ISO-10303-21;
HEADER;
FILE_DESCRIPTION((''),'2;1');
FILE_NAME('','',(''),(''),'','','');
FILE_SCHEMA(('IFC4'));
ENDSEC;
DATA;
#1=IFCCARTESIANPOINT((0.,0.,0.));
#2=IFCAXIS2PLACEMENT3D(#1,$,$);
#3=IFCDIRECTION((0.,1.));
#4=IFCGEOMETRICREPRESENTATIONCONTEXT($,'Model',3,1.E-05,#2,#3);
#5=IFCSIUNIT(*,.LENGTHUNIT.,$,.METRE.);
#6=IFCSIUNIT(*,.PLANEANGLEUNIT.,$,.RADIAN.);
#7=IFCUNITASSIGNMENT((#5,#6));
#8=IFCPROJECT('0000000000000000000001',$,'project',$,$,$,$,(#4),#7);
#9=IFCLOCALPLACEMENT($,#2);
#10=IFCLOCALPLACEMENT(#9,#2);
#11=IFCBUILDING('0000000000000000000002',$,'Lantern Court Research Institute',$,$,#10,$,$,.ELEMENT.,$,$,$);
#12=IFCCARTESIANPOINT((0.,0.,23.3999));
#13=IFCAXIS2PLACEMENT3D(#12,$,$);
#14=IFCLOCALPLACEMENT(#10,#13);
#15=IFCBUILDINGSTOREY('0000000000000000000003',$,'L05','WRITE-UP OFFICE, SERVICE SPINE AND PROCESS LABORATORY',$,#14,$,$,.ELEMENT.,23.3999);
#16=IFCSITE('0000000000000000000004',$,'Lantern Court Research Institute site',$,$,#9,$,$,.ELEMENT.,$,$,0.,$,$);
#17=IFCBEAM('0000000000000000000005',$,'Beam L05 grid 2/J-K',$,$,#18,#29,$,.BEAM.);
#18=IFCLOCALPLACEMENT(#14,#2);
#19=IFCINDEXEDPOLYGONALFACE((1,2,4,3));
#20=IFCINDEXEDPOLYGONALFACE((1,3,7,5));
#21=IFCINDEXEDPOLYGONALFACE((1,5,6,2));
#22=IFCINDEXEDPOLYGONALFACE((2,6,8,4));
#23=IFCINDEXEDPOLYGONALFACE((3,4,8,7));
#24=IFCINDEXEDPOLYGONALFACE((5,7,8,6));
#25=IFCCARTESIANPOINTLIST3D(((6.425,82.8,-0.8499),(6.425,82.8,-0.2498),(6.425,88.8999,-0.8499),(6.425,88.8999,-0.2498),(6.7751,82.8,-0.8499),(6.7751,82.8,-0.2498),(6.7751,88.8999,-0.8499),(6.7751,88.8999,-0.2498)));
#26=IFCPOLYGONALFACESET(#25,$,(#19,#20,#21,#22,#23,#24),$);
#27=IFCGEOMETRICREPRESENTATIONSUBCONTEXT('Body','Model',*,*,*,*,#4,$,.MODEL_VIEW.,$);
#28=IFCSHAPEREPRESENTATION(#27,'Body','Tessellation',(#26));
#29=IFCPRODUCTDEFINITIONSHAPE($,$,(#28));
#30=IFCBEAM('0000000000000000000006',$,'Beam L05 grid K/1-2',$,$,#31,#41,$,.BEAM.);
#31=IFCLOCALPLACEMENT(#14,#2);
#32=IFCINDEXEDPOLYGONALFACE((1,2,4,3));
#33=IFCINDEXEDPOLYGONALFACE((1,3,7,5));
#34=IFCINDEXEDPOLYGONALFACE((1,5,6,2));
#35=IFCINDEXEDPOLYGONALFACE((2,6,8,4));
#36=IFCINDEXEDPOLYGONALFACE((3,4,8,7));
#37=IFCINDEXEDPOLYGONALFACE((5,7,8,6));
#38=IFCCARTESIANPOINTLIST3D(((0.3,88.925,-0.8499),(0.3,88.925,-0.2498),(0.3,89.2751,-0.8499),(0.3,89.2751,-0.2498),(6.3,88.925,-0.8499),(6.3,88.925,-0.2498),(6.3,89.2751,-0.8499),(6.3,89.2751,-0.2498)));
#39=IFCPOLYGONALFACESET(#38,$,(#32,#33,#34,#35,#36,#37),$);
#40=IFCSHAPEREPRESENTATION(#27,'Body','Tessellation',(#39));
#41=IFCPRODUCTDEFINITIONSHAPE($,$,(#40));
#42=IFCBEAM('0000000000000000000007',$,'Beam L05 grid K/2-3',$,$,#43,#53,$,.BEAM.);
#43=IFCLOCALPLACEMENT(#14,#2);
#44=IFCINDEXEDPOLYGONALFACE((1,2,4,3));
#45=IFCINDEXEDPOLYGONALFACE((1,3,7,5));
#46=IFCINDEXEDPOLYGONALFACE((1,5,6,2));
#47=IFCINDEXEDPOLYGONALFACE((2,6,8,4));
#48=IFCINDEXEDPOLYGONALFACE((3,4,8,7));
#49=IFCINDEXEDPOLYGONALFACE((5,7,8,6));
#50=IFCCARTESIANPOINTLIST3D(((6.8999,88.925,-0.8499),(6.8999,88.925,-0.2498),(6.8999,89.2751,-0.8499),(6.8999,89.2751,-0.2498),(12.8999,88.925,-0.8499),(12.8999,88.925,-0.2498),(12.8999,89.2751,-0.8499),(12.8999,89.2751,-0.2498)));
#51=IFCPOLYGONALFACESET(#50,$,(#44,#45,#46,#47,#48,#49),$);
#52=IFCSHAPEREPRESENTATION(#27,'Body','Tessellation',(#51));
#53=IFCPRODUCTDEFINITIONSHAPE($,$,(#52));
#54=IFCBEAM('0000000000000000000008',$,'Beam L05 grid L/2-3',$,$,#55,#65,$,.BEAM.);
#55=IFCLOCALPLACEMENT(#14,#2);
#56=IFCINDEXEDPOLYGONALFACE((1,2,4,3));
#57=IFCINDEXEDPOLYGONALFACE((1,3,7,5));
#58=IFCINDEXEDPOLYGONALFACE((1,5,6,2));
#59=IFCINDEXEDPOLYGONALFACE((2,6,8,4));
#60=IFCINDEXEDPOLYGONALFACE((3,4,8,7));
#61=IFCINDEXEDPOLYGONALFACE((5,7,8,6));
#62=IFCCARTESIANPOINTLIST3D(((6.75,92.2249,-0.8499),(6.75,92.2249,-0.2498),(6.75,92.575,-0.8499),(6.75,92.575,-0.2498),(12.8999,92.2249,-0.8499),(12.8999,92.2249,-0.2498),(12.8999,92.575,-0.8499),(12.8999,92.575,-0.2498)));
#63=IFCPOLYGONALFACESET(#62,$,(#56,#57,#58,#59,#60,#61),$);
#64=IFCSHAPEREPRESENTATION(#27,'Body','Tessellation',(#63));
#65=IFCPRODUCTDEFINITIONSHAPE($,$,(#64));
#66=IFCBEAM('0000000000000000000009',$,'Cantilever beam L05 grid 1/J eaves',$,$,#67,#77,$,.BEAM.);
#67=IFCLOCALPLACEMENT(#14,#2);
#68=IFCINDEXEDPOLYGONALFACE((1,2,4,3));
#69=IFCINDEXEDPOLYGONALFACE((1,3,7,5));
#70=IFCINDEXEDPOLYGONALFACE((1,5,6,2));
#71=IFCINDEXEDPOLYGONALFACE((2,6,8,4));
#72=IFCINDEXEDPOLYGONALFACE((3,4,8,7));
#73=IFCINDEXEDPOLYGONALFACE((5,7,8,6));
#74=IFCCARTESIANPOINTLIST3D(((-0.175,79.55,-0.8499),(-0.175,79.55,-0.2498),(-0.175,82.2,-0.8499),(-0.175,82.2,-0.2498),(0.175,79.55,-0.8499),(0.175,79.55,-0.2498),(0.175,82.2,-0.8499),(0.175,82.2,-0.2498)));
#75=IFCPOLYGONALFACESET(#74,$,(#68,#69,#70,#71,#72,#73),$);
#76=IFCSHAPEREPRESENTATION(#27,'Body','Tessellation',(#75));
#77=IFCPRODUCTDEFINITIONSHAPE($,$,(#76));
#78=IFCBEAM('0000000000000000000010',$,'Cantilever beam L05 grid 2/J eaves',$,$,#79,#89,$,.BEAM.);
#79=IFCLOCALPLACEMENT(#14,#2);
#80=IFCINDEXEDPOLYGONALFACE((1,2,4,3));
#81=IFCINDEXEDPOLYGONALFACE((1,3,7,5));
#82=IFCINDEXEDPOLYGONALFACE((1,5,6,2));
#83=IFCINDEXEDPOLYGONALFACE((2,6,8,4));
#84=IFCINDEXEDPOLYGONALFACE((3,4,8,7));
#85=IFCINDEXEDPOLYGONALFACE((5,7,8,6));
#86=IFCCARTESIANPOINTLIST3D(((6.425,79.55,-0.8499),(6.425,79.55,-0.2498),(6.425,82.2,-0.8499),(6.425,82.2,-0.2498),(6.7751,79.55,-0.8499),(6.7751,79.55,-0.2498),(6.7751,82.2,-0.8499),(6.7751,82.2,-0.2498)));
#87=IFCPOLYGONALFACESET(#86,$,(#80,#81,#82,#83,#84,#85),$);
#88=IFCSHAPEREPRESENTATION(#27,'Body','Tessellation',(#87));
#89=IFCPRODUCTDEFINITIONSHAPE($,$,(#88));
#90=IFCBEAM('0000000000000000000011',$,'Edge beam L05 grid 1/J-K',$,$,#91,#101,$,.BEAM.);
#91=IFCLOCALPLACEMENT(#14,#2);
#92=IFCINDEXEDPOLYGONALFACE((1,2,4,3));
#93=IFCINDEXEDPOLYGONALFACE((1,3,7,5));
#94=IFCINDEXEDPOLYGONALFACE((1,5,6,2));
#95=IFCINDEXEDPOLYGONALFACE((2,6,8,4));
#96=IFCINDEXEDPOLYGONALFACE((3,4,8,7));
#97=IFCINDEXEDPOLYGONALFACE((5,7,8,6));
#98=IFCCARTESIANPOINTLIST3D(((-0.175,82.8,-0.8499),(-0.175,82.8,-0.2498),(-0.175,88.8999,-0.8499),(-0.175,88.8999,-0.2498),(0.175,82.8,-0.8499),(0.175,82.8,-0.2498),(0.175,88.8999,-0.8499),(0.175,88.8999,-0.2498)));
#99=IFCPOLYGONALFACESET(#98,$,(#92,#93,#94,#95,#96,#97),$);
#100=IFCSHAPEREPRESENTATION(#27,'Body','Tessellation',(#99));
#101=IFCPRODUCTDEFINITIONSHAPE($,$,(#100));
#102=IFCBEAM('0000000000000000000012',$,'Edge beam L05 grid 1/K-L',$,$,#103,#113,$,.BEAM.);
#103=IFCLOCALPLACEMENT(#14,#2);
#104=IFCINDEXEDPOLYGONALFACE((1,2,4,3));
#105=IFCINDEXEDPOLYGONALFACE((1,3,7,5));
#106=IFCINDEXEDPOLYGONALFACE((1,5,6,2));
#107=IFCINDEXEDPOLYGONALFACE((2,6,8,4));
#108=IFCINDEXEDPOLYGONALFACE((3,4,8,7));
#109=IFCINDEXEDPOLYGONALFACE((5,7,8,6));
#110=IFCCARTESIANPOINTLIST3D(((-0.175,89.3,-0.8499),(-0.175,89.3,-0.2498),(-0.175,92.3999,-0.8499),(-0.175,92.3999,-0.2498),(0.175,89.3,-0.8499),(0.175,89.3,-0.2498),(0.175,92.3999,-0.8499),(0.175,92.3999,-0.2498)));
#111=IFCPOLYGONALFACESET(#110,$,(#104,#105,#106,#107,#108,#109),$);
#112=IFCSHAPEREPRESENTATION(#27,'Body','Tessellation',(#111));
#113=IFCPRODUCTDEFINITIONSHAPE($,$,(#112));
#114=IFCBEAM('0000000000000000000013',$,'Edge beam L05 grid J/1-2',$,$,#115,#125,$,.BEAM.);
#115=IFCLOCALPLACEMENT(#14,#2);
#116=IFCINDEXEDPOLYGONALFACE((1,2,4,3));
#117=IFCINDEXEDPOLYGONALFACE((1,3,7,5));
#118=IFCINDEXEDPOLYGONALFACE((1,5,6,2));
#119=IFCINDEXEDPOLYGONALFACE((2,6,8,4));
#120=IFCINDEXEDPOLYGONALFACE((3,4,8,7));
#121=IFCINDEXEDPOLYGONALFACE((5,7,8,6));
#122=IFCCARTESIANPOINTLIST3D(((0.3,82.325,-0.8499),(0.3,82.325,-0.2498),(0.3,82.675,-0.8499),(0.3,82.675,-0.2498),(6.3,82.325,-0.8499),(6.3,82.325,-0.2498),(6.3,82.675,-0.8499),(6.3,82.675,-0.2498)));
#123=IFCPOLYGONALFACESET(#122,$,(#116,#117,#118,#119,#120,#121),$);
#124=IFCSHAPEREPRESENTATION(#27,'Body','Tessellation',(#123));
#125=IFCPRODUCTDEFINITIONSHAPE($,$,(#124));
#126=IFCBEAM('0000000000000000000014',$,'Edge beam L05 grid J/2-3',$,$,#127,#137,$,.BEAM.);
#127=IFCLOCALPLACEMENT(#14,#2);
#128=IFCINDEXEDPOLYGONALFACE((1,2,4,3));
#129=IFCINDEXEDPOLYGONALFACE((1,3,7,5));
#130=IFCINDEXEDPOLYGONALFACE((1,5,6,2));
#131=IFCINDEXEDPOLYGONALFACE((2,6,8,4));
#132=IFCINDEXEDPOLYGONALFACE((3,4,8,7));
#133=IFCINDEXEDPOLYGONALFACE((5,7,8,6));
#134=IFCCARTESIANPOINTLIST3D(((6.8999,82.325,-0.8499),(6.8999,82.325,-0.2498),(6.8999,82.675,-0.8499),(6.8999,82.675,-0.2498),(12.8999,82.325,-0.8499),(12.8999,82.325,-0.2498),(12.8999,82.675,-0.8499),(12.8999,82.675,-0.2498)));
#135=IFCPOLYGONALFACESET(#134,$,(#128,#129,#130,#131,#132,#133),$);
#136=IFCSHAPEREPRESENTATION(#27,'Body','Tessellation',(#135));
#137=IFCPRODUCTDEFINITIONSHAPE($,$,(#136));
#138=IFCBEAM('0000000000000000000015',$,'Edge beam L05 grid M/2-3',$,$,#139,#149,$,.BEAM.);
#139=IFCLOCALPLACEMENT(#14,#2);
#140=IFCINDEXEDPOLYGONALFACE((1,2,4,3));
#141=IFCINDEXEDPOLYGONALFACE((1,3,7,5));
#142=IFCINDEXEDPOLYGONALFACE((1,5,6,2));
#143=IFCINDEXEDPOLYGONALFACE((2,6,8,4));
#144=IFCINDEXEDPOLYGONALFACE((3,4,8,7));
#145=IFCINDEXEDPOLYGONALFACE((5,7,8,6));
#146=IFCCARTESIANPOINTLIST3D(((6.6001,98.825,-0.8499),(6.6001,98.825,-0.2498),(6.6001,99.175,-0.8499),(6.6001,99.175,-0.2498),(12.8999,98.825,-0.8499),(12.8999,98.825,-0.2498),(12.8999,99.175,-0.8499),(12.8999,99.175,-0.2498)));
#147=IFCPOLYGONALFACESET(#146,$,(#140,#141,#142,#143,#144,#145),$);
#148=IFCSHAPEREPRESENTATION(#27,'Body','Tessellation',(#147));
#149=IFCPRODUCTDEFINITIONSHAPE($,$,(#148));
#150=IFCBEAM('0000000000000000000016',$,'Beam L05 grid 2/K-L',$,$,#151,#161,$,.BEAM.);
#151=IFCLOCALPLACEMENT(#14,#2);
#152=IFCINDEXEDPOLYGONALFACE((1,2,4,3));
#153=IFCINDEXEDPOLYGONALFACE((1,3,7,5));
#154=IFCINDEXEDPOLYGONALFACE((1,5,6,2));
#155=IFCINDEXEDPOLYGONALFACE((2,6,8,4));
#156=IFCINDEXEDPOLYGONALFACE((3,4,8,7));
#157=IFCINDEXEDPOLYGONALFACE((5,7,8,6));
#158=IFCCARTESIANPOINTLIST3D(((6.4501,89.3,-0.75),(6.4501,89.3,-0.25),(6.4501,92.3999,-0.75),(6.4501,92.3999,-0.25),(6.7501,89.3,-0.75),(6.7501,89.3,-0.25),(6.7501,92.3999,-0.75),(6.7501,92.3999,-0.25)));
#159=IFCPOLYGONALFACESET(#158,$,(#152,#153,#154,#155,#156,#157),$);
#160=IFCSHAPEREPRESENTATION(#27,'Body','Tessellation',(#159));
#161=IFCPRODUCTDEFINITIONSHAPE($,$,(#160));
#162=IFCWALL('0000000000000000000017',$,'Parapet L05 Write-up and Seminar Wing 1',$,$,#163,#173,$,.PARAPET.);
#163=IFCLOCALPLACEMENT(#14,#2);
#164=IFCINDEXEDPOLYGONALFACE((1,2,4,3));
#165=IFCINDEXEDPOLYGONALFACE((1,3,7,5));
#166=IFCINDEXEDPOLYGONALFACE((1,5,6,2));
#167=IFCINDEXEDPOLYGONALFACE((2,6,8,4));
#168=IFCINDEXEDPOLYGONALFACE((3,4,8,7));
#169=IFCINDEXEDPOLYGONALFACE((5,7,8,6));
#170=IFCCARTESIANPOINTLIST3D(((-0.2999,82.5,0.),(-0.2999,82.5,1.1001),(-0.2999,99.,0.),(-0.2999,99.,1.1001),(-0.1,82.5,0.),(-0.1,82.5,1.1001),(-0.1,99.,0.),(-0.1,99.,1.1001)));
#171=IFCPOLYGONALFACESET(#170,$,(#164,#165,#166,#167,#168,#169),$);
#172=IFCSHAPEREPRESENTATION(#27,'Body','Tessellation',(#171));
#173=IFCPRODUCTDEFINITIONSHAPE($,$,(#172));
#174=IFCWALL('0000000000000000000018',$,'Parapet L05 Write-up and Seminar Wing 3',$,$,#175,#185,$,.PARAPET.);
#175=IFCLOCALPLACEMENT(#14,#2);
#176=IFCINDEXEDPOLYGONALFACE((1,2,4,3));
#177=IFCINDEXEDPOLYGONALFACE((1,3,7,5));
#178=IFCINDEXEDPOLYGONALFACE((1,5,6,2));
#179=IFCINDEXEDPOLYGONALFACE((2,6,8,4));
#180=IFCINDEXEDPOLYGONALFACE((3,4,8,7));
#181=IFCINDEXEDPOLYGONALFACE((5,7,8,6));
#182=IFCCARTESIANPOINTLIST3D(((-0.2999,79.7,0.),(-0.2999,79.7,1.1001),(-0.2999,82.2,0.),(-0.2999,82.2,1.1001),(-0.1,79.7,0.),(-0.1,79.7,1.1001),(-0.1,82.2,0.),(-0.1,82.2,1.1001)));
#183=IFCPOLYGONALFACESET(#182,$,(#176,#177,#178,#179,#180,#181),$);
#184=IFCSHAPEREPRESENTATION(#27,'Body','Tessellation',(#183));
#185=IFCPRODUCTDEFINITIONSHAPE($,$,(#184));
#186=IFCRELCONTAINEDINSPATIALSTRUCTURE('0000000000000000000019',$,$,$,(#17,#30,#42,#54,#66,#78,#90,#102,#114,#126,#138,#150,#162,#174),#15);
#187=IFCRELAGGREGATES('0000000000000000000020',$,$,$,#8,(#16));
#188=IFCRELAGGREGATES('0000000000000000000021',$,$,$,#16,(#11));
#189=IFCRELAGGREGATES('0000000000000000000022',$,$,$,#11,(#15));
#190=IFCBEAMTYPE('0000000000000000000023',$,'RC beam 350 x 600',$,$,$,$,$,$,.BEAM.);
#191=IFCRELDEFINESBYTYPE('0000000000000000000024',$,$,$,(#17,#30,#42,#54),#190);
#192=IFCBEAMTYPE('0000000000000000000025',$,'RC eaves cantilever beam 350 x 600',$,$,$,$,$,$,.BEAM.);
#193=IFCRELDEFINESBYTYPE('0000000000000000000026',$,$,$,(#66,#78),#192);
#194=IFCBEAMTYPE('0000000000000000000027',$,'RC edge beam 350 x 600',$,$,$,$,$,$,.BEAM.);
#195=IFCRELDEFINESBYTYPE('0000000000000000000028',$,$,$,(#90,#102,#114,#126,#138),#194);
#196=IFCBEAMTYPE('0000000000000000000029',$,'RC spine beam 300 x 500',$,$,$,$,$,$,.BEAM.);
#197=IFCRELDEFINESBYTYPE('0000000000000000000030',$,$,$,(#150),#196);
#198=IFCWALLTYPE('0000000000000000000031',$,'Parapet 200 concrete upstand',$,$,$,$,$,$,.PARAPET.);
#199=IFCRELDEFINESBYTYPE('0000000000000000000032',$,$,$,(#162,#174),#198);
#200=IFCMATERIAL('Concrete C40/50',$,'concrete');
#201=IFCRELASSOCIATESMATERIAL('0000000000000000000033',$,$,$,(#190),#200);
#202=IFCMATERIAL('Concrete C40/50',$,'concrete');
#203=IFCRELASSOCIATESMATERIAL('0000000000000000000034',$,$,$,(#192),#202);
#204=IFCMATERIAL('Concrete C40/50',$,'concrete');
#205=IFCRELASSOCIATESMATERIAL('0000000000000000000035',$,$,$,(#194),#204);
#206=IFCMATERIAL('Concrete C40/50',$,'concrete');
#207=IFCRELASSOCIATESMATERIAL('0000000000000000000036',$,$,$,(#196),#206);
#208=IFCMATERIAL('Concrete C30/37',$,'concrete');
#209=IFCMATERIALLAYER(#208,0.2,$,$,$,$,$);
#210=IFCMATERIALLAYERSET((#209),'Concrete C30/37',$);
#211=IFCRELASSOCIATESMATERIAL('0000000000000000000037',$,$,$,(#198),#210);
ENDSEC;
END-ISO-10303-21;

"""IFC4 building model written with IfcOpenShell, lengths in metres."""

from ifc_helpers import new_model, si_unit, direction, frame, frame_2d, origin, origin_2d, place, context, subcontext, project, spatial, rectangle, extrude, material, layer, layer_set, material_profile, profile_set, type_object, element, save


model = new_model("IFC4")

# Units and contexts
model_context = context("Model", 3, precision=1e-05, world=origin(), true_north=direction((0.0, 1.0)))
body_context = subcontext(model_context, "Body", "Model", "MODEL_VIEW")
ifc_project = project(units=[si_unit("LENGTHUNIT", "METRE"), si_unit("PLANEANGLEUNIT", "RADIAN")], contexts=[model_context])

# Site, building, storey
site_placement = place(None, origin())
site = spatial("IfcSite", under=ifc_project, at=site_placement, Name="Lantern Court Research Institute site", CompositionType="ELEMENT", RefElevation=0.0)
building_placement = place(site_placement, origin())
building = spatial("IfcBuilding", under=site, at=building_placement, Name="Lantern Court Research Institute", CompositionType="ELEMENT")
storey_placement = place(building_placement, frame((0.0, 0.0, 23.3999)))
storey = spatial("IfcBuildingStorey", under=building, at=storey_placement, Name="L05", Description="WRITE-UP OFFICE, SERVICE SPINE AND PROCESS LABORATORY", CompositionType="ELEMENT", Elevation=23.3999)

# Beams
ifc_material_1 = material(Name="Concrete C40/50", Category="concrete")
ifc_material_profile_1 = material_profile(ifc_material_1, rectangle(XDim=0.3501, YDim=0.6001, at=origin_2d()), Name="RC beam 350 x 600")
ifc_profile_set_1 = profile_set([ifc_material_profile_1], Name="Concrete C40/50")
beam_type_1 = type_object("IfcBeamType", Name="RC beam 350 x 600", PredefinedType="BEAM", material=ifc_profile_set_1)
beam_1_placement = place(storey_placement, frame((6.6001, 82.8, -0.5498), z_axis=(0.0, 1.0, 0.0), x_axis=(-1.0, 0.0, 0.0)))
element("IfcBeam", 1, at=beam_1_placement, inside=storey, type_object=beam_type_1, Name="Beam L05 grid 2/J-K", PredefinedType="BEAM", context=body_context, shape_type="SweptSolid", body=[
    extrude(rectangle(XDim=0.3501, YDim=0.6001, at=origin_2d()), origin(), (0.0, 0.0, 1.0), 6.0999),
])
for number, where, z_axis, x_axis, name in (
    (2, (0.3, 89.1001, -0.5498), (1.0, 0.0, 0.0), (0.0, 1.0, 0.0), "Beam L05 grid K/1-2"),
    (3, (6.8999, 89.1001, -0.5498), (1.0, 0.0, 0.0), (0.0, 1.0, 0.0), "Beam L05 grid K/2-3"),
):
    element("IfcBeam", number, at=place(storey_placement, frame(where, z_axis=z_axis, x_axis=x_axis)), inside=storey, type_object=beam_type_1, Name=name, PredefinedType="BEAM", context=body_context, shape_type="SweptSolid", body=[
        extrude(rectangle(XDim=0.3501, YDim=0.6001, at=origin_2d()), origin(), (0.0, 0.0, 1.0), 6.0),
    ])
beam_2_placement = place(storey_placement, frame((6.75, 92.3999, -0.5498), z_axis=(1.0, 0.0, 0.0), x_axis=(0.0, 1.0, 0.0)))
element("IfcBeam", 4, at=beam_2_placement, inside=storey, type_object=beam_type_1, Name="Beam L05 grid L/2-3", PredefinedType="BEAM", context=body_context, shape_type="SweptSolid", body=[
    extrude(rectangle(XDim=0.3501, YDim=0.6001, at=origin_2d()), origin(), (0.0, 0.0, 1.0), 6.1499),
])
ifc_material_2 = material(Name="Concrete C40/50", Category="concrete")
ifc_material_profile_2 = material_profile(ifc_material_2, rectangle(XDim=0.3501, YDim=0.6001, at=origin_2d()), Name="RC beam 350 x 600")
ifc_profile_set_2 = profile_set([ifc_material_profile_2], Name="Concrete C40/50")
beam_type_2 = type_object("IfcBeamType", Name="RC eaves cantilever beam 350 x 600", PredefinedType="BEAM", material=ifc_profile_set_2)
for number, where, z_axis, x_axis, name in (
    (5, (0.0, 82.2, -0.5498), (0.0, -1.0, 0.0), (1.0, 0.0, 0.0), "Cantilever beam L05 grid 1/J eaves"),
    (6, (6.6001, 82.2, -0.5498), (0.0, -1.0, 0.0), (1.0, 0.0, 0.0), "Cantilever beam L05 grid 2/J eaves"),
):
    element("IfcBeam", number, at=place(storey_placement, frame(where, z_axis=z_axis, x_axis=x_axis)), inside=storey, type_object=beam_type_2, Name=name, PredefinedType="BEAM", context=body_context, shape_type="SweptSolid", body=[
        extrude(rectangle(XDim=0.3501, YDim=0.6001, at=origin_2d()), origin(), (0.0, 0.0, 1.0), 2.6499),
    ])
ifc_material_3 = material(Name="Concrete C40/50", Category="concrete")
ifc_material_profile_3 = material_profile(ifc_material_3, rectangle(XDim=0.3501, YDim=0.6001, at=origin_2d()), Name="RC beam 350 x 600")
ifc_profile_set_3 = profile_set([ifc_material_profile_3], Name="Concrete C40/50")
beam_type_3 = type_object("IfcBeamType", Name="RC edge beam 350 x 600", PredefinedType="BEAM", material=ifc_profile_set_3)
beam_3_placement = place(storey_placement, frame((0.0, 82.8, -0.5498), z_axis=(0.0, 1.0, 0.0), x_axis=(-1.0, 0.0, 0.0)))
element("IfcBeam", 7, at=beam_3_placement, inside=storey, type_object=beam_type_3, Name="Edge beam L05 grid 1/J-K", PredefinedType="BEAM", context=body_context, shape_type="SweptSolid", body=[
    extrude(rectangle(XDim=0.3501, YDim=0.6001, at=origin_2d()), origin(), (0.0, 0.0, 1.0), 6.0999),
])
beam_4_placement = place(storey_placement, frame((0.0, 89.3, -0.5498), z_axis=(0.0, 1.0, 0.0), x_axis=(-1.0, 0.0, 0.0)))
element("IfcBeam", 8, at=beam_4_placement, inside=storey, type_object=beam_type_3, Name="Edge beam L05 grid 1/K-L", PredefinedType="BEAM", context=body_context, shape_type="SweptSolid", body=[
    extrude(rectangle(XDim=0.3501, YDim=0.6001, at=origin_2d()), origin(), (0.0, 0.0, 1.0), 3.0999),
])
for number, where, z_axis, x_axis, name in (
    (9, (0.3, 82.5, -0.5498), (1.0, 0.0, 0.0), (0.0, 1.0, 0.0), "Edge beam L05 grid J/1-2"),
    (10, (6.8999, 82.5, -0.5498), (1.0, 0.0, 0.0), (0.0, 1.0, 0.0), "Edge beam L05 grid J/2-3"),
):
    element("IfcBeam", number, at=place(storey_placement, frame(where, z_axis=z_axis, x_axis=x_axis)), inside=storey, type_object=beam_type_3, Name=name, PredefinedType="BEAM", context=body_context, shape_type="SweptSolid", body=[
        extrude(rectangle(XDim=0.3501, YDim=0.6001, at=origin_2d()), origin(), (0.0, 0.0, 1.0), 6.0),
    ])
beam_5_placement = place(storey_placement, frame((6.6001, 99.0, -0.5498), z_axis=(1.0, 0.0, 0.0), x_axis=(0.0, 1.0, 0.0)))
element("IfcBeam", 11, at=beam_5_placement, inside=storey, type_object=beam_type_3, Name="Edge beam L05 grid M/2-3", PredefinedType="BEAM", context=body_context, shape_type="SweptSolid", body=[
    extrude(rectangle(XDim=0.3501, YDim=0.6001, at=origin_2d()), origin(), (0.0, 0.0, 1.0), 6.2998),
])
ifc_material_4 = material(Name="Concrete C40/50", Category="concrete")
ifc_material_profile_4 = material_profile(ifc_material_4, rectangle(XDim=0.3, YDim=0.5, at=origin_2d()), Name="RC beam 300 x 500")
ifc_profile_set_4 = profile_set([ifc_material_profile_4], Name="Concrete C40/50")
beam_type_4 = type_object("IfcBeamType", Name="RC spine beam 300 x 500", PredefinedType="BEAM", material=ifc_profile_set_4)
beam_6_placement = place(storey_placement, frame((6.6001, 89.3, -0.5), z_axis=(0.0, 1.0, 0.0), x_axis=(-1.0, 0.0, 0.0)))
element("IfcBeam", 12, at=beam_6_placement, inside=storey, type_object=beam_type_4, Name="Beam L05 grid 2/K-L", PredefinedType="BEAM", context=body_context, shape_type="SweptSolid", body=[
    extrude(rectangle(XDim=0.3, YDim=0.5, at=origin_2d()), origin(), (0.0, 0.0, 1.0), 3.0999),
])

# Walls
ifc_material_5 = material(Name="Concrete C30/37", Category="concrete")
ifc_layer_1 = layer(ifc_material_5, 0.2)
ifc_layer_set_1 = layer_set([ifc_layer_1], Name="Concrete C30/37")
wall_type = type_object("IfcWallType", Name="Parapet 200 concrete upstand", PredefinedType="PARAPET", material=ifc_layer_set_1)
wall_1_placement = place(storey_placement, frame((-0.2, 99.0, 0.0), z_axis=(0.0, 0.0, 1.0), x_axis=(0.0, -1.0, 0.0)))
element("IfcWall", 13, at=wall_1_placement, inside=storey, type_object=wall_type, Name="Parapet L05 Write-up and Seminar Wing 1", PredefinedType="PARAPET", context=body_context, shape_type="SweptSolid", body=[
    extrude(rectangle(XDim=16.5, YDim=0.2, at=frame_2d((8.25, 0.0))), origin(), (0.0, 0.0, 1.0), 1.1001),
])
wall_2_placement = place(storey_placement, frame((-0.2, 82.2, 0.0), z_axis=(0.0, 0.0, 1.0), x_axis=(0.0, -1.0, 0.0)))
element("IfcWall", 14, at=wall_2_placement, inside=storey, type_object=wall_type, Name="Parapet L05 Write-up and Seminar Wing 3", PredefinedType="PARAPET", context=body_context, shape_type="SweptSolid", body=[
    extrude(rectangle(XDim=2.5, YDim=0.2, at=frame_2d((1.25, 0.0))), origin(), (0.0, 0.0, 1.0), 1.1001),
])

save(model, "model.ifc")
